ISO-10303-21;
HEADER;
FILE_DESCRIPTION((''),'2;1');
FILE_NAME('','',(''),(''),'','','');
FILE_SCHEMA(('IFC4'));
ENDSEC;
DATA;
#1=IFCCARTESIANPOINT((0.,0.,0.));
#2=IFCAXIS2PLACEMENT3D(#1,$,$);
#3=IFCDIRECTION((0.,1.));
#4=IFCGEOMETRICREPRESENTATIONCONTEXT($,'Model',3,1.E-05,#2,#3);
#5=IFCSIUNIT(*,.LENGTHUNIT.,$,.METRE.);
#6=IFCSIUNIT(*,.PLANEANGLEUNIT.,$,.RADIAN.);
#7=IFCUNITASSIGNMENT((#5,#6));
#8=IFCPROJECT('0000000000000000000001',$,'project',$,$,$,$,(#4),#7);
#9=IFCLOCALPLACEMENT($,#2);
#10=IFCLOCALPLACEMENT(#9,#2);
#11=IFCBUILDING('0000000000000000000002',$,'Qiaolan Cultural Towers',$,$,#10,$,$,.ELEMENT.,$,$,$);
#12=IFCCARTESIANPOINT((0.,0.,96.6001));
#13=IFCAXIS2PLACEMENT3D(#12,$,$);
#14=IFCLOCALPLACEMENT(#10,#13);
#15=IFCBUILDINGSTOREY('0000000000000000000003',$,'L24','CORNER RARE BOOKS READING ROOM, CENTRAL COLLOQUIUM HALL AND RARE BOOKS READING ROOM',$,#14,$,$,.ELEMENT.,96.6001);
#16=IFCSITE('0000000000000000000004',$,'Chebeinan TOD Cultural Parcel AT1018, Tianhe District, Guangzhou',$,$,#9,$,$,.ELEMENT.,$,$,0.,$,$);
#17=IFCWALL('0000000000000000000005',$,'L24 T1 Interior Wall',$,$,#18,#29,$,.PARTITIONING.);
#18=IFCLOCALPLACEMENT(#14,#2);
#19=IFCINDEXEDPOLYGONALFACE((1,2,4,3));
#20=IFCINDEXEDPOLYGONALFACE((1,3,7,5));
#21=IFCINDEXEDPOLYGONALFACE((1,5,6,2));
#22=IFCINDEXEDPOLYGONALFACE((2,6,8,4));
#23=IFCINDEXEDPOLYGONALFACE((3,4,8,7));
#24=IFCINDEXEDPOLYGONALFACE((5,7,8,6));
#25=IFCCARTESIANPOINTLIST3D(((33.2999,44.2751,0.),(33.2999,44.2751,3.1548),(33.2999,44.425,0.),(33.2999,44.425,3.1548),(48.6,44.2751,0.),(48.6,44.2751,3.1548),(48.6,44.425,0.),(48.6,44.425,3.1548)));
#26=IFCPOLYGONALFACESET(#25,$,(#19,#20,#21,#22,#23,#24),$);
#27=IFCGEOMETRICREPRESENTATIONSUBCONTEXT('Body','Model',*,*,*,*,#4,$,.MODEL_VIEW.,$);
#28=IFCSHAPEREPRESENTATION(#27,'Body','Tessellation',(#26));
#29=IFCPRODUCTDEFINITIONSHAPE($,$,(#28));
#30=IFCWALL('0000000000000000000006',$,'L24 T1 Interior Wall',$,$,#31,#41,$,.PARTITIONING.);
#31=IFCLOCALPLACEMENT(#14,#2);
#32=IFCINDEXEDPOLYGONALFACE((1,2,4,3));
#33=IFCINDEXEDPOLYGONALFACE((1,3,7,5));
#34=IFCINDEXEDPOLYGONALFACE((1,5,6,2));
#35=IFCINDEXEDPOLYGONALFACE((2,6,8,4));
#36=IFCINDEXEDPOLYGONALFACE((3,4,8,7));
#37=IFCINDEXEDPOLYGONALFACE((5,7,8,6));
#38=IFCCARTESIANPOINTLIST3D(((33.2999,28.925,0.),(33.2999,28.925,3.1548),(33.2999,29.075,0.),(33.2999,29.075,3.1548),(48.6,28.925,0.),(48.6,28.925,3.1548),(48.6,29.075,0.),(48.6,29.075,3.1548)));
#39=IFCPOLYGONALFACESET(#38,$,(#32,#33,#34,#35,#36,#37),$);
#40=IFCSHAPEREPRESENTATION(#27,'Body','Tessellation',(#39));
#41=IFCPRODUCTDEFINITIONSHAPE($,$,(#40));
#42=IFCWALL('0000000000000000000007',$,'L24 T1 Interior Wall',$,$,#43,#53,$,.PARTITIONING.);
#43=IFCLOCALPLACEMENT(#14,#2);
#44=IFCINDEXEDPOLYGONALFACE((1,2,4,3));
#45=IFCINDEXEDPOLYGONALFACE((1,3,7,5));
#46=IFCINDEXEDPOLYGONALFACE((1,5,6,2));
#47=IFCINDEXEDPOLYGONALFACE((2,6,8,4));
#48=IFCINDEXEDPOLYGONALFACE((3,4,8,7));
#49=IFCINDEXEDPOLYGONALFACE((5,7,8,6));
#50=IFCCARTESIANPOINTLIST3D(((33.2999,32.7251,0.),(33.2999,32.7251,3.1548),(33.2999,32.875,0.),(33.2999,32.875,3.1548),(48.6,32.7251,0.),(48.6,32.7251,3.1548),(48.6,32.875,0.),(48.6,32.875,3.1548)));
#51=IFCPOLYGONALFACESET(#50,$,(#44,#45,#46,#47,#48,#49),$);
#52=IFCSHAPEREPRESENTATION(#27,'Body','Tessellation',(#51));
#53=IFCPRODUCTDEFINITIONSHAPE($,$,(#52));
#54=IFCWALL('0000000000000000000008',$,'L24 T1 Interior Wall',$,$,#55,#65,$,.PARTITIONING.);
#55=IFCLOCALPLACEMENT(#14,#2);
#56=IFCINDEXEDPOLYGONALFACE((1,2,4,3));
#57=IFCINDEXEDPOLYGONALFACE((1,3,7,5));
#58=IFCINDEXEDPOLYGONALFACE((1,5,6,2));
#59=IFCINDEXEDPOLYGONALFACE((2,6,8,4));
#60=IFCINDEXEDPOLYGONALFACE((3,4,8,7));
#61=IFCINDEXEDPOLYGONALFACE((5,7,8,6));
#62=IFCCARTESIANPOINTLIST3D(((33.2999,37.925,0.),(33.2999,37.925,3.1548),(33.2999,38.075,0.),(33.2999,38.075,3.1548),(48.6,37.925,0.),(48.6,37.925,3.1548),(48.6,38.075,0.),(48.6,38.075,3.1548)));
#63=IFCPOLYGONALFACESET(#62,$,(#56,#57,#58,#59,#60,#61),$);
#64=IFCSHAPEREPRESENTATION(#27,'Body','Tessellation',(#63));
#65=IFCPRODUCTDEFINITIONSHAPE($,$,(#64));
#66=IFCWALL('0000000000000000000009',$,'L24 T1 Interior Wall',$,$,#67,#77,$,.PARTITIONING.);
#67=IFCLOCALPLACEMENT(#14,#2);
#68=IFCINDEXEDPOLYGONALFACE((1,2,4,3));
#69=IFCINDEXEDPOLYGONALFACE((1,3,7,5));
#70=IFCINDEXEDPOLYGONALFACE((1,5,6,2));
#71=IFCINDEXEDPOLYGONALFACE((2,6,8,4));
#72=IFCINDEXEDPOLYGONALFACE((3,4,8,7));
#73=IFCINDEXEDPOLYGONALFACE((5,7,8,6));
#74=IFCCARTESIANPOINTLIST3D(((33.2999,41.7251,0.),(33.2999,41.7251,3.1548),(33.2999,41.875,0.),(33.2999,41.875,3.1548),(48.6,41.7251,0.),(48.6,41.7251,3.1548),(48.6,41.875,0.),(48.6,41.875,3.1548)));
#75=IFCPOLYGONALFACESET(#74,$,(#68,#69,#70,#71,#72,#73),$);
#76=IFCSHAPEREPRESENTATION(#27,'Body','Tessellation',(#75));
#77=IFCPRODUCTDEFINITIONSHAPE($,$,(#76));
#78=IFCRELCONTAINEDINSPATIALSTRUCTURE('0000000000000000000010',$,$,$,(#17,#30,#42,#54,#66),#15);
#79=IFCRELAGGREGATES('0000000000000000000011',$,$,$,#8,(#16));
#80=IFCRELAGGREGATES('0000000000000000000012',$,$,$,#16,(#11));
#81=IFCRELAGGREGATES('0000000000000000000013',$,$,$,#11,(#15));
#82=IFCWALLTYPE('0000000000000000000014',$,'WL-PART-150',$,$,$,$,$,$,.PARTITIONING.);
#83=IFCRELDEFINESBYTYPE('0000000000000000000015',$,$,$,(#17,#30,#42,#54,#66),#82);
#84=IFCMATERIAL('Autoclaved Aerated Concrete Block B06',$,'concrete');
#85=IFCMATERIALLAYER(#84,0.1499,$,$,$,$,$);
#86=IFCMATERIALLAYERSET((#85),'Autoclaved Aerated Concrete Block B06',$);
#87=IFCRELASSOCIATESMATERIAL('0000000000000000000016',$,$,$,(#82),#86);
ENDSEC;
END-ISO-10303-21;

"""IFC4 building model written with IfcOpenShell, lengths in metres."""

from ifc_helpers import new_model, si_unit, direction, frame, frame_2d, origin, place, context, subcontext, project, spatial, rectangle, extrude, material, layer, layer_set, type_object, element, save


model = new_model("IFC4")

# Units and contexts
model_context = context("Model", 3, precision=1e-05, world=origin(), true_north=direction((0.0, 1.0)))
body_context = subcontext(model_context, "Body", "Model", "MODEL_VIEW")
ifc_project = project(units=[si_unit("LENGTHUNIT", "METRE"), si_unit("PLANEANGLEUNIT", "RADIAN")], contexts=[model_context])

# Site, building, storey
site_placement = place(None, origin())
site = spatial("IfcSite", under=ifc_project, at=site_placement, Name="Chebeinan TOD Cultural Parcel AT1018, Tianhe District, Guangzhou", CompositionType="ELEMENT", RefElevation=0.0)
building_placement = place(site_placement, origin())
building = spatial("IfcBuilding", under=site, at=building_placement, Name="Qiaolan Cultural Towers", CompositionType="ELEMENT")
storey_placement = place(building_placement, frame((0.0, 0.0, 96.6001)))
storey = spatial("IfcBuildingStorey", under=building, at=storey_placement, Name="L24", Description="CORNER RARE BOOKS READING ROOM, CENTRAL COLLOQUIUM HALL AND RARE BOOKS READING ROOM", CompositionType="ELEMENT", Elevation=96.6001)

# Shared definitions
ifc_material_1 = material(Name="Autoclaved Aerated Concrete Block B06", Category="concrete")
ifc_layer_1 = layer(ifc_material_1, 0.1499)
ifc_layer_set_1 = layer_set([ifc_layer_1], Name="Autoclaved Aerated Concrete Block B06")
wall_type_1 = type_object("IfcWallType", Name="WL-PART-150", PredefinedType="PARTITIONING", material=ifc_layer_set_1)

# Walls
for number, where, z_axis, x_axis, name in (
    (1, (33.3, 44.3501, 0.0), (0.0, 0.0, 1.0), (1.0, 0.0, 0.0), "L24 T1 Interior Wall"),
    (2, (33.3, 29.0, 0.0), (0.0, 0.0, 1.0), (1.0, 0.0, 0.0), "L24 T1 Interior Wall"),
    (3, (33.3, 32.8, 0.0), (0.0, 0.0, 1.0), (1.0, 0.0, 0.0), "L24 T1 Interior Wall"),
    (4, (33.3, 38.0, 0.0), (0.0, 0.0, 1.0), (1.0, 0.0, 0.0), "L24 T1 Interior Wall"),
    (5, (33.3, 41.8, 0.0), (0.0, 0.0, 1.0), (1.0, 0.0, 0.0), "L24 T1 Interior Wall"),
):
    element("IfcWall", number, at=place(storey_placement, frame(where, z_axis=z_axis, x_axis=x_axis)), inside=storey, type_object=wall_type_1, Name=name, PredefinedType="PARTITIONING", context=body_context, shape_type="SweptSolid", body=[
        extrude(rectangle(XDim=15.3, YDim=0.1499, at=frame_2d((7.6499, 0.0))), origin(), (0.0, 0.0, 1.0), 3.1548),
    ])

save(model, "model.ifc")
